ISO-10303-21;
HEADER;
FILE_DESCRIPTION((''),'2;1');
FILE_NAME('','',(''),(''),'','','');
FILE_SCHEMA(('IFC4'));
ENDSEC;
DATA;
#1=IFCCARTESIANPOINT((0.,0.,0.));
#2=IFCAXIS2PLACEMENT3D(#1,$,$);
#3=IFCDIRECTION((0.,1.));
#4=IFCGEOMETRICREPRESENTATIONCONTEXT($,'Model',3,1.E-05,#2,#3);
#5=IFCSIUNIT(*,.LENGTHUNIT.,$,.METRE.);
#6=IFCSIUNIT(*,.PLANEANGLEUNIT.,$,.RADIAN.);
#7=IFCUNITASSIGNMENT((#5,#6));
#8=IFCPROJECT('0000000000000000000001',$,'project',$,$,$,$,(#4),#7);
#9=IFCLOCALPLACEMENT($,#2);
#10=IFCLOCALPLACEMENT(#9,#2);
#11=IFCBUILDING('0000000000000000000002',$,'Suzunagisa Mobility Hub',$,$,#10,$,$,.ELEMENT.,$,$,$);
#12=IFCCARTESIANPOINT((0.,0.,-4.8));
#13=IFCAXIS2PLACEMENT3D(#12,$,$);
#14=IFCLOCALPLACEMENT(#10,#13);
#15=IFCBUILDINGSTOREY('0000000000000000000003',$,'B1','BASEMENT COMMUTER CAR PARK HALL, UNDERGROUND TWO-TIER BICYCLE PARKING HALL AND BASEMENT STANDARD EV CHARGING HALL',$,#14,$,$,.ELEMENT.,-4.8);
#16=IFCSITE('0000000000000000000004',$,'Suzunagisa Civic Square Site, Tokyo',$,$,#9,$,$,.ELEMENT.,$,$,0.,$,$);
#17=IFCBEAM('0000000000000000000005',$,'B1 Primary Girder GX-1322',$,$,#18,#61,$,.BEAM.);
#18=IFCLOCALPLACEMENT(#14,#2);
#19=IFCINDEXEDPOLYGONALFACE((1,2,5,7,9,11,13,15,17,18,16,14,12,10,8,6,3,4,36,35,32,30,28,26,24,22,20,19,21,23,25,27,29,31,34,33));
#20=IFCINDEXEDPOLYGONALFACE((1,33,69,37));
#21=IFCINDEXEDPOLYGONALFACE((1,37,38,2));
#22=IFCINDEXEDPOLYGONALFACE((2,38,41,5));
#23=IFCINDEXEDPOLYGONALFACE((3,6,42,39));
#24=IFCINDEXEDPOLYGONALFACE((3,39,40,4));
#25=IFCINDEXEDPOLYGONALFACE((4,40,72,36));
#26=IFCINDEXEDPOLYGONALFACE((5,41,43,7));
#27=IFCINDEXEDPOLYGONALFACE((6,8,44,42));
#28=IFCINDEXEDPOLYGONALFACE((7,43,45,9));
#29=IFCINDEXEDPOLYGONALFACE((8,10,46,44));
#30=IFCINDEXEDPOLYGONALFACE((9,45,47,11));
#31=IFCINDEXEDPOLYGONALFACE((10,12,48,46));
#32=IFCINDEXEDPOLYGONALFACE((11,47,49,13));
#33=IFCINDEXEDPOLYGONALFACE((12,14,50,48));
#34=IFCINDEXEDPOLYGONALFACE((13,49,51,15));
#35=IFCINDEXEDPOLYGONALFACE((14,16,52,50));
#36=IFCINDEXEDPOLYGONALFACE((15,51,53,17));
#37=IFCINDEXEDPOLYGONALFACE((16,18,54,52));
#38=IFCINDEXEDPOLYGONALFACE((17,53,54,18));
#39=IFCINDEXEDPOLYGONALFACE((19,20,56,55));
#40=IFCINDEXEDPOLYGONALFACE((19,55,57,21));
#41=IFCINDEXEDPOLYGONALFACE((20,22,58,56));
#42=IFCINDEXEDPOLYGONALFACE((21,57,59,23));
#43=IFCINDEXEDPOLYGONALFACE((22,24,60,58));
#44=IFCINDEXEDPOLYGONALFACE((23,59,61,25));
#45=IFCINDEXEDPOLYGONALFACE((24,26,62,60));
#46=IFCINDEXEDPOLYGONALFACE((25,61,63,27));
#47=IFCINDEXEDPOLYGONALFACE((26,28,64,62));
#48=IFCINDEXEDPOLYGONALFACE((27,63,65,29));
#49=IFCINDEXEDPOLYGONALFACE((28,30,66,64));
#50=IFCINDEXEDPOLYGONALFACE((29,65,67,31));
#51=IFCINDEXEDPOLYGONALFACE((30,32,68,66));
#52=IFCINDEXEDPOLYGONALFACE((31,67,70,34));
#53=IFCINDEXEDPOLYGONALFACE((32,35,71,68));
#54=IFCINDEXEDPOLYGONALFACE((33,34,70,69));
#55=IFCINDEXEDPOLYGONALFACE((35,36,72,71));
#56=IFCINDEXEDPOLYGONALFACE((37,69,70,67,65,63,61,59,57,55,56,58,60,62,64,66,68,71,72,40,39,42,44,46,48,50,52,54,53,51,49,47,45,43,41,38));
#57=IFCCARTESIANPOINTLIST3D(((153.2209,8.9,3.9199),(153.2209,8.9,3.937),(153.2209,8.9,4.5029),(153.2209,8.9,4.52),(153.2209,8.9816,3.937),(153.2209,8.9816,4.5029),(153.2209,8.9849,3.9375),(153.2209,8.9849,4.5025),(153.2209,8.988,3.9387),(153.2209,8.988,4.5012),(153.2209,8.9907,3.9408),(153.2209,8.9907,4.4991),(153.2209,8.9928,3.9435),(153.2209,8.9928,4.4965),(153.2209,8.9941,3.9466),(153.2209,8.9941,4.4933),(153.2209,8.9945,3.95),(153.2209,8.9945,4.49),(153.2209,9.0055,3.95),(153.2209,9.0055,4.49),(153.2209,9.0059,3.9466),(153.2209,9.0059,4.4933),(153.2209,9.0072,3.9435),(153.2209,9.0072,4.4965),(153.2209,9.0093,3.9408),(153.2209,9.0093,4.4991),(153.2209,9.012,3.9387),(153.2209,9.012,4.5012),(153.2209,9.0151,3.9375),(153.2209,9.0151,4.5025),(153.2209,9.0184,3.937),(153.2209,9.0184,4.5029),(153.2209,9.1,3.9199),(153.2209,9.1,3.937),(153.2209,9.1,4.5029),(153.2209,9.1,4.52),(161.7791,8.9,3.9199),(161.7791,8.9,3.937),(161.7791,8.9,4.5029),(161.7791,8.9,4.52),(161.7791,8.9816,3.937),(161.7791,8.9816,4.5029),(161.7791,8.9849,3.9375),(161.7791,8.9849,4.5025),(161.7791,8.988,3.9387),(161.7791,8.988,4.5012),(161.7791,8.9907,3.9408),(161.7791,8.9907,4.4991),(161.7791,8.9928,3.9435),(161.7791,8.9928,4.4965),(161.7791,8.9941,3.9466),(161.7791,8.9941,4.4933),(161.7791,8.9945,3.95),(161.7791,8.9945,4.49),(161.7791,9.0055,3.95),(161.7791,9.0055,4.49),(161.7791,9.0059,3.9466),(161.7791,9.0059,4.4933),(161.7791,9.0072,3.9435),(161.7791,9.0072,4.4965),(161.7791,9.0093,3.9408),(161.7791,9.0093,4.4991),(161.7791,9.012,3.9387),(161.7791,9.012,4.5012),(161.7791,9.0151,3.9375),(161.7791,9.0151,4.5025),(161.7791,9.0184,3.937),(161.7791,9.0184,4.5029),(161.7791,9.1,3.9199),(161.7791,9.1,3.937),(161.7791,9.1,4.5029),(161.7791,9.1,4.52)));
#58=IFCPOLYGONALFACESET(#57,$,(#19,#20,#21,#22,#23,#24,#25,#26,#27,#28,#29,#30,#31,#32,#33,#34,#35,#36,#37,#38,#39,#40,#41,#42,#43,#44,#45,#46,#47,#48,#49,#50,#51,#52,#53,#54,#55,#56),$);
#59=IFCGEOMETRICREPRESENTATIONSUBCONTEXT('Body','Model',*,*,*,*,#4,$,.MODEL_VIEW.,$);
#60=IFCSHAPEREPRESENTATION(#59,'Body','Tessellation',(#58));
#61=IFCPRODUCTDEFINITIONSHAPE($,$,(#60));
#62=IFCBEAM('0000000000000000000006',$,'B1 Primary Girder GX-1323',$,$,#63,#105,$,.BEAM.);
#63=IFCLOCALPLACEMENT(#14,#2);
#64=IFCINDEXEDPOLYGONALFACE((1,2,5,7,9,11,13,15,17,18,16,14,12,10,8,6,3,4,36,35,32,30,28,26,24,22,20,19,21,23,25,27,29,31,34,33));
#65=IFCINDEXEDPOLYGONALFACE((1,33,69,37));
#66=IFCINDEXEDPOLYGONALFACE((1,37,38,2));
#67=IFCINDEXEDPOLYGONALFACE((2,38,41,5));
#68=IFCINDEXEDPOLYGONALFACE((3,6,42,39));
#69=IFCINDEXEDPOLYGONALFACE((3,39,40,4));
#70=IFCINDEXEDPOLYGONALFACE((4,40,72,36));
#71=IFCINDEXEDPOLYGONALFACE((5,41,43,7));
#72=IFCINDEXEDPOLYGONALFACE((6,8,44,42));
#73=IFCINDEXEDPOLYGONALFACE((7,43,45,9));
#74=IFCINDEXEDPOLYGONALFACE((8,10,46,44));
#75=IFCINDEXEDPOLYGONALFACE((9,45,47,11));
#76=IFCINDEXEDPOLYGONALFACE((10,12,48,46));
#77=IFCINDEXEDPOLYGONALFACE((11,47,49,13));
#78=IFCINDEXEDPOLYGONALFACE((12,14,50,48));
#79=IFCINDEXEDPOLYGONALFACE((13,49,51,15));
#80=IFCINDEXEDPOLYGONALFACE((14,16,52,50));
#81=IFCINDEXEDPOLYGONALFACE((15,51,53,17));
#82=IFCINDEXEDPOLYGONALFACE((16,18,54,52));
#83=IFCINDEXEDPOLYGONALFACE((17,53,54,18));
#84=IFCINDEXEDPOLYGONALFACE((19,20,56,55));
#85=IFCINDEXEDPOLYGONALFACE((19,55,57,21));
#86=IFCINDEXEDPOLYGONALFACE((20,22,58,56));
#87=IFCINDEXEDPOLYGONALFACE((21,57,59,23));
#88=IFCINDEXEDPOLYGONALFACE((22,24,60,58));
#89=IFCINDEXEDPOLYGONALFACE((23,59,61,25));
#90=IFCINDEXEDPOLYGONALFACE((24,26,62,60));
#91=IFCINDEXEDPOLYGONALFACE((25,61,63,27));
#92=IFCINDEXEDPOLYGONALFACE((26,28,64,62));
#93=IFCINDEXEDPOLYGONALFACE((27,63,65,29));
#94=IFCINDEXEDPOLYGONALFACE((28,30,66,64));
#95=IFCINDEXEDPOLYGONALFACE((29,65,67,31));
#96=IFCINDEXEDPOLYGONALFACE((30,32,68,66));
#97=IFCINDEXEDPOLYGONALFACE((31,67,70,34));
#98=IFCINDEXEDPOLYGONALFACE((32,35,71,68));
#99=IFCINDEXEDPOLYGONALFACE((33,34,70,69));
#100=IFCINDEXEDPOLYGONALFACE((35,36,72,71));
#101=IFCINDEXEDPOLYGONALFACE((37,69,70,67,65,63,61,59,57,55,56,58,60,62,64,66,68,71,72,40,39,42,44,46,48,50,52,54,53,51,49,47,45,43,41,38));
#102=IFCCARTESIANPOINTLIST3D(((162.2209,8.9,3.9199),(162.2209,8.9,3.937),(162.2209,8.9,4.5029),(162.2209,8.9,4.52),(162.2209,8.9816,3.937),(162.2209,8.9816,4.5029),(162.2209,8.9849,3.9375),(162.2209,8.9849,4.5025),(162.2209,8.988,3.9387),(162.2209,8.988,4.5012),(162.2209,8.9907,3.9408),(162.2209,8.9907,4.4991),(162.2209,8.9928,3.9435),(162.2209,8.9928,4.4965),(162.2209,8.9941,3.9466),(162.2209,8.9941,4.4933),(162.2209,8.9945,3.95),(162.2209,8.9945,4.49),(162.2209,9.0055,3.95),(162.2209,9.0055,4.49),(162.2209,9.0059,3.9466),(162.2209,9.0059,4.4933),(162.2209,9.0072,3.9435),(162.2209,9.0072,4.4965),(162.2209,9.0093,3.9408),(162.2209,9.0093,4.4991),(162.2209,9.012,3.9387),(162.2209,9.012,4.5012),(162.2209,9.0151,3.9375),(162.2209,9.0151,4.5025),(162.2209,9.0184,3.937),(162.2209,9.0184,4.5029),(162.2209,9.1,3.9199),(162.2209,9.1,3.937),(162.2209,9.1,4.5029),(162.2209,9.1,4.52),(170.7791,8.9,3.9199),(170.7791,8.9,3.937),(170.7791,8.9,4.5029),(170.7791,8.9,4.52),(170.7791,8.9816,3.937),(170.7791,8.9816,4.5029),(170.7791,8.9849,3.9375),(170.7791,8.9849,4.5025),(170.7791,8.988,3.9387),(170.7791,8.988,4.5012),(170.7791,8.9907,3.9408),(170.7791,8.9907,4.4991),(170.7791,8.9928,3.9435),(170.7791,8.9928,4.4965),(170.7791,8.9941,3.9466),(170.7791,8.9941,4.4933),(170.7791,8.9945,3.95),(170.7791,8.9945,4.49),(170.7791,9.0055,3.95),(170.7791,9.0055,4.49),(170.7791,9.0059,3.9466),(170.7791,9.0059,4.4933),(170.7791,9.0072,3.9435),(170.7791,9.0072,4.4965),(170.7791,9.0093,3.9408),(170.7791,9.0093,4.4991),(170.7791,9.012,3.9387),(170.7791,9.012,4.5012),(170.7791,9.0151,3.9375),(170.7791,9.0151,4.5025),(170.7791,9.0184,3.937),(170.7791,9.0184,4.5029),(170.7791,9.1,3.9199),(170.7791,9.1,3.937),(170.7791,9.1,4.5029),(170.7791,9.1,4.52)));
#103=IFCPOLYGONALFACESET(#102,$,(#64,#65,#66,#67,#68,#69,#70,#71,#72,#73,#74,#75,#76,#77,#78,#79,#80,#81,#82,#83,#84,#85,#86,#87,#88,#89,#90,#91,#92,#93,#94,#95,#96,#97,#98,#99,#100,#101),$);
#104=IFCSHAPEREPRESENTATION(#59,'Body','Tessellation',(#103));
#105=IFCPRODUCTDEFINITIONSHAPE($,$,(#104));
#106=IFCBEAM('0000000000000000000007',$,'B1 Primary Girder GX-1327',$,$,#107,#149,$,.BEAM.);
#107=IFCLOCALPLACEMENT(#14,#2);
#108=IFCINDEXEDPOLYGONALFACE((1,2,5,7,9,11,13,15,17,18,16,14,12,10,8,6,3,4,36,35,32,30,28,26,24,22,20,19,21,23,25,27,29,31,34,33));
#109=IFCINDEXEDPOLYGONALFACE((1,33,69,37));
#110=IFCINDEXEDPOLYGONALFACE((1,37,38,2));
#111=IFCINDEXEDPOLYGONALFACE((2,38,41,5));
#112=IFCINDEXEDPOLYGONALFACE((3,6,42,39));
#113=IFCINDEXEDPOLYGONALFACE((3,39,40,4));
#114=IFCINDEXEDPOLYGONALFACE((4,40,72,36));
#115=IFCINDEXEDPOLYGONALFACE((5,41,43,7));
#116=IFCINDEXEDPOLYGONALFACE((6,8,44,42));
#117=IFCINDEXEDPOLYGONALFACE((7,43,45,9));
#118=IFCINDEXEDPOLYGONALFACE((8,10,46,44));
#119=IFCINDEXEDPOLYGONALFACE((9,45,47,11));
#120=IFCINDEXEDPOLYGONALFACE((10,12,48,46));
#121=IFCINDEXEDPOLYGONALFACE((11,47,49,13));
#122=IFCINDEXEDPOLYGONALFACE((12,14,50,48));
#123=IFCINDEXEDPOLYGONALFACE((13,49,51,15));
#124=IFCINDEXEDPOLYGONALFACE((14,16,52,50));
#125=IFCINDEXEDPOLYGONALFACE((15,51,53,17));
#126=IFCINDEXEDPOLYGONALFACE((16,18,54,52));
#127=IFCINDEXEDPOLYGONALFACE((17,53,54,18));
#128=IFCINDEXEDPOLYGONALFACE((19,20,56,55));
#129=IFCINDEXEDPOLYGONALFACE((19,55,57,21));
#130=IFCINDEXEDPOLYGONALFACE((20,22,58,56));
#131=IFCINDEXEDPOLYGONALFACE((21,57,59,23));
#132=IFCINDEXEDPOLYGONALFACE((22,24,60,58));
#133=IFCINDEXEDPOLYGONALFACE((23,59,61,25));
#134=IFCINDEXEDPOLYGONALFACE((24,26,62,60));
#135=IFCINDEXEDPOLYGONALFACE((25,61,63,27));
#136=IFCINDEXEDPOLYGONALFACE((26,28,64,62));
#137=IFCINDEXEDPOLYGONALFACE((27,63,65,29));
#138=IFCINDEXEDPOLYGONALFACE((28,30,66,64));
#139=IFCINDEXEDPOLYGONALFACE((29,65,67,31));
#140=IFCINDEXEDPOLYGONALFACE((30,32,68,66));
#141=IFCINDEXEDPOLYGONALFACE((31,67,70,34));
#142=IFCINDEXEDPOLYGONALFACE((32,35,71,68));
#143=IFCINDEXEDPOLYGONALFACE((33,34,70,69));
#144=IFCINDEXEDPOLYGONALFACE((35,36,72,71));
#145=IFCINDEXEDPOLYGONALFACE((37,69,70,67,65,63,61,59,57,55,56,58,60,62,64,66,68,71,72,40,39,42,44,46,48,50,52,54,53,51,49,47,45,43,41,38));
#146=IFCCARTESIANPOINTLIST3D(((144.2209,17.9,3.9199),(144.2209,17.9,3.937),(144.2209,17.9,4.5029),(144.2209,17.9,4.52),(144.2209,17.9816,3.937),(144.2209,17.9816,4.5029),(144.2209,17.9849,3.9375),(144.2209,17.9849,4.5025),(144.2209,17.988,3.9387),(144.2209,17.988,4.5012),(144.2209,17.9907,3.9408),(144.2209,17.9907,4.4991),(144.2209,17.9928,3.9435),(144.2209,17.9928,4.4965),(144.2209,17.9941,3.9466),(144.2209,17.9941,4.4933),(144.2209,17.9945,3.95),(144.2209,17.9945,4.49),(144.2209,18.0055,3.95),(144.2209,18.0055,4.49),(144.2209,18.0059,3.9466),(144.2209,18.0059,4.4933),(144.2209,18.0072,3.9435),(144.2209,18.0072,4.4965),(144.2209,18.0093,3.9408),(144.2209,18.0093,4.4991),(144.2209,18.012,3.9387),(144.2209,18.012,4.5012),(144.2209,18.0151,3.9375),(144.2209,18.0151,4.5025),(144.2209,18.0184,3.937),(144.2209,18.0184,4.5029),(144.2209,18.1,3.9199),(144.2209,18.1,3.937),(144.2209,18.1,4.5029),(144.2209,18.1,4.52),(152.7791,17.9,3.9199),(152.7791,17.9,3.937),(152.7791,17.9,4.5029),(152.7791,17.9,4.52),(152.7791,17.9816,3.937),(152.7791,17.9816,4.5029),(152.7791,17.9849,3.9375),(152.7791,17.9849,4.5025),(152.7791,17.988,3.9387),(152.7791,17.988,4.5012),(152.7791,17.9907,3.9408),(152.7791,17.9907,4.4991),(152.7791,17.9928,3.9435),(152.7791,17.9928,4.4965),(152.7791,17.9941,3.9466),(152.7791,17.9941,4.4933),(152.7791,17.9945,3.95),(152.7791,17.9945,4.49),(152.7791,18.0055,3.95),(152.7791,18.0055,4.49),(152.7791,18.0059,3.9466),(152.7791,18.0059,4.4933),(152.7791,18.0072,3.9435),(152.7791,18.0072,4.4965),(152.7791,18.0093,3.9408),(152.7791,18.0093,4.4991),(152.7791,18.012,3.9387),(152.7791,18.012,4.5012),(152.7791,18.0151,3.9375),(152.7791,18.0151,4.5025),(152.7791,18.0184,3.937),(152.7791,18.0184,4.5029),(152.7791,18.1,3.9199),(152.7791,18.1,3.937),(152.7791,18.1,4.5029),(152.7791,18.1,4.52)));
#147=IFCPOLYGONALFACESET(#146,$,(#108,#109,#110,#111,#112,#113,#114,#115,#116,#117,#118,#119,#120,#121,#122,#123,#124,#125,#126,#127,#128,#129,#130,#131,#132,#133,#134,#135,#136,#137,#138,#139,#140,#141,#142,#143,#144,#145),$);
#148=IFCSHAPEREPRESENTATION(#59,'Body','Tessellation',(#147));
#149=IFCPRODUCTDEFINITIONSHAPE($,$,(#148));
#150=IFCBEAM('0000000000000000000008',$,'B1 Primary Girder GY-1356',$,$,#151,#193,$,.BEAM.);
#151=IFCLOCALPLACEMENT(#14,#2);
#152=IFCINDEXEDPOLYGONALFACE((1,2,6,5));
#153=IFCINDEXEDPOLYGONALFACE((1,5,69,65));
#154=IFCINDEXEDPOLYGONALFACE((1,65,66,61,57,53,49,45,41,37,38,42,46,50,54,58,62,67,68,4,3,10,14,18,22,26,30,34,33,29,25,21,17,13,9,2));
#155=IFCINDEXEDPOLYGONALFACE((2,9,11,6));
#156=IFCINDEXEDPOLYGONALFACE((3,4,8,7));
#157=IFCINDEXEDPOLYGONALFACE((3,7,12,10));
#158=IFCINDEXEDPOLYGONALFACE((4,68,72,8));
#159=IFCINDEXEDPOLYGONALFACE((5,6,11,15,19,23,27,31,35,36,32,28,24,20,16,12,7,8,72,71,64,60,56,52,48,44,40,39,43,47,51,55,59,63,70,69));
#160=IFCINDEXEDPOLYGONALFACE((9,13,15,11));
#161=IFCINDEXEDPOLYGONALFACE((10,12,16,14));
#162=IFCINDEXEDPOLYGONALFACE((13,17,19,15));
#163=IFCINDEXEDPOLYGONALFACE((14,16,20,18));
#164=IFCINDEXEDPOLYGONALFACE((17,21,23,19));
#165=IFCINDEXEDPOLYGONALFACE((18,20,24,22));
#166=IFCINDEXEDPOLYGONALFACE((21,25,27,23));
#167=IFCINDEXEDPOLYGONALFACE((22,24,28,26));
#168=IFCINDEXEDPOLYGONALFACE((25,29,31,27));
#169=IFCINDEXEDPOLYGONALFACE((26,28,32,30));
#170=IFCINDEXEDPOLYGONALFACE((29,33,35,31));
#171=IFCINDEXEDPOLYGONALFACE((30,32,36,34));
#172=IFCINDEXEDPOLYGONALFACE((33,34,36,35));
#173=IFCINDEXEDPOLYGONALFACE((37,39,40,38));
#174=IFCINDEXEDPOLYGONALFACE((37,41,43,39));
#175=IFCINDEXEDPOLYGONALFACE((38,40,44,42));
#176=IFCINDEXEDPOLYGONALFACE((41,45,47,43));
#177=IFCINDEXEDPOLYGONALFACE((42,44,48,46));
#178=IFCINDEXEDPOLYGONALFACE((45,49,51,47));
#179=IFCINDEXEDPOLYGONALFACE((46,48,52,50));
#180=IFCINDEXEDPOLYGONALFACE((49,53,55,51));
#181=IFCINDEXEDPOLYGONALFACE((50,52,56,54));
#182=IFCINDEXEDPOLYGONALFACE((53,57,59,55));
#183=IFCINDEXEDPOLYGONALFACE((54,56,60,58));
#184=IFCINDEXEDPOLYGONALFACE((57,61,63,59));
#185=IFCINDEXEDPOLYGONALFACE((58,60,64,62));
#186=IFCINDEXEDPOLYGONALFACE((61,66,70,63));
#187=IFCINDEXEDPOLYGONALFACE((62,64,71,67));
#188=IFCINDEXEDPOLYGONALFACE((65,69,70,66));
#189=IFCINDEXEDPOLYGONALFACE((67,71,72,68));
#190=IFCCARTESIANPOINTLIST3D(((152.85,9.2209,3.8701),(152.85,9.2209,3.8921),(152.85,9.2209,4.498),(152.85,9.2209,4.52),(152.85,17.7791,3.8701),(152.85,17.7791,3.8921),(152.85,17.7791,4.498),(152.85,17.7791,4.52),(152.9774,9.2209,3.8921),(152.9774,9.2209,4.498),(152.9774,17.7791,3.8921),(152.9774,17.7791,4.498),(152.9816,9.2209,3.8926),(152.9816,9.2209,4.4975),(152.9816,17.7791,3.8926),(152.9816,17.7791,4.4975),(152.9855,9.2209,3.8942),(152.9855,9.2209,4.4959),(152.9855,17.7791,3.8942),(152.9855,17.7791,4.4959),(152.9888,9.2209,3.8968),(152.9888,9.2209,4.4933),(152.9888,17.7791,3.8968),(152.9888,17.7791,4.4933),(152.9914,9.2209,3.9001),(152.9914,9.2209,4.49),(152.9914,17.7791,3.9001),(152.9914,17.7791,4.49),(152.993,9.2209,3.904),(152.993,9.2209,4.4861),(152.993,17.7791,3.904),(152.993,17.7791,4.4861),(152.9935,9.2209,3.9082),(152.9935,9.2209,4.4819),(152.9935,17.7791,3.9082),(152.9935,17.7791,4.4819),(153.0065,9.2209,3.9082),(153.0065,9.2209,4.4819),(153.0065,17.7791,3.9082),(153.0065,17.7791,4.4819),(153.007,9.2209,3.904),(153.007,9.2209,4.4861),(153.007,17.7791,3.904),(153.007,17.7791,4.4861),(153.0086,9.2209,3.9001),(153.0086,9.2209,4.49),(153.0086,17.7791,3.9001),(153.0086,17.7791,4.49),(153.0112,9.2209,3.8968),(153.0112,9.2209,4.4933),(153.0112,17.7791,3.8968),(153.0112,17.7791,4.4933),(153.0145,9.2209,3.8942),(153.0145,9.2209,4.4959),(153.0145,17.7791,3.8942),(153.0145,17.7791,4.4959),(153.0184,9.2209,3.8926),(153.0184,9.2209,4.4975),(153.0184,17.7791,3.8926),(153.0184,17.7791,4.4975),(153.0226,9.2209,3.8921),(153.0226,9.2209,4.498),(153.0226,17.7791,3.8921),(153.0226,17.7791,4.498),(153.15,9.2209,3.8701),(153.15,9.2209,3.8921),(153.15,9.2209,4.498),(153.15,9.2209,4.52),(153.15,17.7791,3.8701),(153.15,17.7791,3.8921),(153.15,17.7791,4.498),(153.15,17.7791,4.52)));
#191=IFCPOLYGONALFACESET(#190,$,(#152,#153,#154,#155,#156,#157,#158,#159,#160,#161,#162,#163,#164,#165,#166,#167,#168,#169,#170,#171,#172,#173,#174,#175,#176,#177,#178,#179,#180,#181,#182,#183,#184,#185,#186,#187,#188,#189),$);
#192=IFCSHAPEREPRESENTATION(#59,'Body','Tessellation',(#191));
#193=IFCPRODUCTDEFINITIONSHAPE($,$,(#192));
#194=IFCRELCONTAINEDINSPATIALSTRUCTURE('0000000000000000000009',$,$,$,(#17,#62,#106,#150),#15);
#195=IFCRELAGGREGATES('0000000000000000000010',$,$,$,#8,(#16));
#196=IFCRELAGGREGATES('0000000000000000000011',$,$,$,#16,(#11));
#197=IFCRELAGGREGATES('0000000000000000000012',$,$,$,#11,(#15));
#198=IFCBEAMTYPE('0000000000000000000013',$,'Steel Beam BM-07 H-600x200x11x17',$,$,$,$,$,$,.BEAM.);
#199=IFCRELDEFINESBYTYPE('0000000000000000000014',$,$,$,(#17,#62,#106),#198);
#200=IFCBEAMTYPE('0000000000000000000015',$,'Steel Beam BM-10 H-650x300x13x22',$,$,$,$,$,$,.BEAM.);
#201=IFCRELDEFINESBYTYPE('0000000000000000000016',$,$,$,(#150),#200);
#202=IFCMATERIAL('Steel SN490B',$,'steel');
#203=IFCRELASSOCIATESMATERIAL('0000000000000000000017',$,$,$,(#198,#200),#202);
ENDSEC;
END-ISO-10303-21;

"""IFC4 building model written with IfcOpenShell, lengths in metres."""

from ifc_helpers import new_model, si_unit, direction, frame, origin, origin_2d, place, context, subcontext, project, spatial, i_section, extrude, material, material_profile, profile_set, type_object, element, save


model = new_model("IFC4")

# Units and contexts
model_context = context("Model", 3, precision=1e-05, world=origin(), true_north=direction((0.0, 1.0)))
body_context = subcontext(model_context, "Body", "Model", "MODEL_VIEW")
ifc_project = project(units=[si_unit("LENGTHUNIT", "METRE"), si_unit("PLANEANGLEUNIT", "RADIAN")], contexts=[model_context])

# Site, building, storey
site_placement = place(None, origin())
site = spatial("IfcSite", under=ifc_project, at=site_placement, Name="Suzunagisa Civic Square Site, Tokyo", CompositionType="ELEMENT", RefElevation=0.0)
building_placement = place(site_placement, origin())
building = spatial("IfcBuilding", under=site, at=building_placement, Name="Suzunagisa Mobility Hub", CompositionType="ELEMENT")
storey_placement = place(building_placement, frame((0.0, 0.0, -4.8)))
storey = spatial("IfcBuildingStorey", under=building, at=storey_placement, Name="B1", Description="BASEMENT COMMUTER CAR PARK HALL, UNDERGROUND TWO-TIER BICYCLE PARKING HALL AND BASEMENT STANDARD EV CHARGING HALL", CompositionType="ELEMENT", Elevation=-4.8)

# Shared definitions
ifc_material_1 = material(Name="Steel SN490B", Category="steel")

# Beams
ifc_material_profile_1 = material_profile(ifc_material_1, i_section(OverallWidth=0.2, OverallDepth=0.6001, WebThickness=0.011, FlangeThickness=0.0171, FilletRadius=0.0129, at=origin_2d()), Name="H-600x200x11x17")
ifc_profile_set_1 = profile_set([ifc_material_profile_1], Name="Steel SN490B")
beam_type_1 = type_object("IfcBeamType", Name="Steel Beam BM-07 H-600x200x11x17", PredefinedType="BEAM", material=ifc_profile_set_1)
for number, where, z_axis, x_axis, name in (
    (1, (153.2209, 9.0, 4.22), (1.0, 0.0, 0.0), (0.0, 1.0, 0.0), "B1 Primary Girder GX-1322"),
    (2, (162.2209, 9.0, 4.22), (1.0, 0.0, 0.0), (0.0, 1.0, 0.0), "B1 Primary Girder GX-1323"),
    (3, (144.2209, 18.0, 4.22), (1.0, 0.0, 0.0), (0.0, 1.0, 0.0), "B1 Primary Girder GX-1327"),
):
    element("IfcBeam", number, at=place(storey_placement, frame(where, z_axis=z_axis, x_axis=x_axis)), inside=storey, type_object=beam_type_1, Name=name, PredefinedType="BEAM", context=body_context, shape_type="SweptSolid", body=[
        extrude(i_section(OverallWidth=0.2, OverallDepth=0.6001, WebThickness=0.011, FlangeThickness=0.0171, FilletRadius=0.0129, at=origin_2d()), origin(), (0.0, 0.0, 1.0), 8.5581),
    ])
ifc_material_profile_2 = material_profile(ifc_material_1, i_section(OverallWidth=0.3, OverallDepth=0.6499, WebThickness=0.0129, FlangeThickness=0.022, FilletRadius=0.0161, at=origin_2d()), Name="H-650x300x13x22")
ifc_profile_set_2 = profile_set([ifc_material_profile_2], Name="Steel SN490B")
beam_type_2 = type_object("IfcBeamType", Name="Steel Beam BM-10 H-650x300x13x22", PredefinedType="BEAM", material=ifc_profile_set_2)
for number, where, z_axis, x_axis, name in (
    (4, (153.0, 9.2209, 4.1951), (0.0, 1.0, 0.0), (-1.0, 0.0, 0.0), "B1 Primary Girder GY-1356"),
):
    element("IfcBeam", number, at=place(storey_placement, frame(where, z_axis=z_axis, x_axis=x_axis)), inside=storey, type_object=beam_type_2, Name=name, PredefinedType="BEAM", context=body_context, shape_type="SweptSolid", body=[
        extrude(i_section(OverallWidth=0.3, OverallDepth=0.6499, WebThickness=0.0129, FlangeThickness=0.022, FilletRadius=0.0161, at=origin_2d()), origin(), (0.0, 0.0, 1.0), 8.5581),
    ])

save(model, "model.ifc")
